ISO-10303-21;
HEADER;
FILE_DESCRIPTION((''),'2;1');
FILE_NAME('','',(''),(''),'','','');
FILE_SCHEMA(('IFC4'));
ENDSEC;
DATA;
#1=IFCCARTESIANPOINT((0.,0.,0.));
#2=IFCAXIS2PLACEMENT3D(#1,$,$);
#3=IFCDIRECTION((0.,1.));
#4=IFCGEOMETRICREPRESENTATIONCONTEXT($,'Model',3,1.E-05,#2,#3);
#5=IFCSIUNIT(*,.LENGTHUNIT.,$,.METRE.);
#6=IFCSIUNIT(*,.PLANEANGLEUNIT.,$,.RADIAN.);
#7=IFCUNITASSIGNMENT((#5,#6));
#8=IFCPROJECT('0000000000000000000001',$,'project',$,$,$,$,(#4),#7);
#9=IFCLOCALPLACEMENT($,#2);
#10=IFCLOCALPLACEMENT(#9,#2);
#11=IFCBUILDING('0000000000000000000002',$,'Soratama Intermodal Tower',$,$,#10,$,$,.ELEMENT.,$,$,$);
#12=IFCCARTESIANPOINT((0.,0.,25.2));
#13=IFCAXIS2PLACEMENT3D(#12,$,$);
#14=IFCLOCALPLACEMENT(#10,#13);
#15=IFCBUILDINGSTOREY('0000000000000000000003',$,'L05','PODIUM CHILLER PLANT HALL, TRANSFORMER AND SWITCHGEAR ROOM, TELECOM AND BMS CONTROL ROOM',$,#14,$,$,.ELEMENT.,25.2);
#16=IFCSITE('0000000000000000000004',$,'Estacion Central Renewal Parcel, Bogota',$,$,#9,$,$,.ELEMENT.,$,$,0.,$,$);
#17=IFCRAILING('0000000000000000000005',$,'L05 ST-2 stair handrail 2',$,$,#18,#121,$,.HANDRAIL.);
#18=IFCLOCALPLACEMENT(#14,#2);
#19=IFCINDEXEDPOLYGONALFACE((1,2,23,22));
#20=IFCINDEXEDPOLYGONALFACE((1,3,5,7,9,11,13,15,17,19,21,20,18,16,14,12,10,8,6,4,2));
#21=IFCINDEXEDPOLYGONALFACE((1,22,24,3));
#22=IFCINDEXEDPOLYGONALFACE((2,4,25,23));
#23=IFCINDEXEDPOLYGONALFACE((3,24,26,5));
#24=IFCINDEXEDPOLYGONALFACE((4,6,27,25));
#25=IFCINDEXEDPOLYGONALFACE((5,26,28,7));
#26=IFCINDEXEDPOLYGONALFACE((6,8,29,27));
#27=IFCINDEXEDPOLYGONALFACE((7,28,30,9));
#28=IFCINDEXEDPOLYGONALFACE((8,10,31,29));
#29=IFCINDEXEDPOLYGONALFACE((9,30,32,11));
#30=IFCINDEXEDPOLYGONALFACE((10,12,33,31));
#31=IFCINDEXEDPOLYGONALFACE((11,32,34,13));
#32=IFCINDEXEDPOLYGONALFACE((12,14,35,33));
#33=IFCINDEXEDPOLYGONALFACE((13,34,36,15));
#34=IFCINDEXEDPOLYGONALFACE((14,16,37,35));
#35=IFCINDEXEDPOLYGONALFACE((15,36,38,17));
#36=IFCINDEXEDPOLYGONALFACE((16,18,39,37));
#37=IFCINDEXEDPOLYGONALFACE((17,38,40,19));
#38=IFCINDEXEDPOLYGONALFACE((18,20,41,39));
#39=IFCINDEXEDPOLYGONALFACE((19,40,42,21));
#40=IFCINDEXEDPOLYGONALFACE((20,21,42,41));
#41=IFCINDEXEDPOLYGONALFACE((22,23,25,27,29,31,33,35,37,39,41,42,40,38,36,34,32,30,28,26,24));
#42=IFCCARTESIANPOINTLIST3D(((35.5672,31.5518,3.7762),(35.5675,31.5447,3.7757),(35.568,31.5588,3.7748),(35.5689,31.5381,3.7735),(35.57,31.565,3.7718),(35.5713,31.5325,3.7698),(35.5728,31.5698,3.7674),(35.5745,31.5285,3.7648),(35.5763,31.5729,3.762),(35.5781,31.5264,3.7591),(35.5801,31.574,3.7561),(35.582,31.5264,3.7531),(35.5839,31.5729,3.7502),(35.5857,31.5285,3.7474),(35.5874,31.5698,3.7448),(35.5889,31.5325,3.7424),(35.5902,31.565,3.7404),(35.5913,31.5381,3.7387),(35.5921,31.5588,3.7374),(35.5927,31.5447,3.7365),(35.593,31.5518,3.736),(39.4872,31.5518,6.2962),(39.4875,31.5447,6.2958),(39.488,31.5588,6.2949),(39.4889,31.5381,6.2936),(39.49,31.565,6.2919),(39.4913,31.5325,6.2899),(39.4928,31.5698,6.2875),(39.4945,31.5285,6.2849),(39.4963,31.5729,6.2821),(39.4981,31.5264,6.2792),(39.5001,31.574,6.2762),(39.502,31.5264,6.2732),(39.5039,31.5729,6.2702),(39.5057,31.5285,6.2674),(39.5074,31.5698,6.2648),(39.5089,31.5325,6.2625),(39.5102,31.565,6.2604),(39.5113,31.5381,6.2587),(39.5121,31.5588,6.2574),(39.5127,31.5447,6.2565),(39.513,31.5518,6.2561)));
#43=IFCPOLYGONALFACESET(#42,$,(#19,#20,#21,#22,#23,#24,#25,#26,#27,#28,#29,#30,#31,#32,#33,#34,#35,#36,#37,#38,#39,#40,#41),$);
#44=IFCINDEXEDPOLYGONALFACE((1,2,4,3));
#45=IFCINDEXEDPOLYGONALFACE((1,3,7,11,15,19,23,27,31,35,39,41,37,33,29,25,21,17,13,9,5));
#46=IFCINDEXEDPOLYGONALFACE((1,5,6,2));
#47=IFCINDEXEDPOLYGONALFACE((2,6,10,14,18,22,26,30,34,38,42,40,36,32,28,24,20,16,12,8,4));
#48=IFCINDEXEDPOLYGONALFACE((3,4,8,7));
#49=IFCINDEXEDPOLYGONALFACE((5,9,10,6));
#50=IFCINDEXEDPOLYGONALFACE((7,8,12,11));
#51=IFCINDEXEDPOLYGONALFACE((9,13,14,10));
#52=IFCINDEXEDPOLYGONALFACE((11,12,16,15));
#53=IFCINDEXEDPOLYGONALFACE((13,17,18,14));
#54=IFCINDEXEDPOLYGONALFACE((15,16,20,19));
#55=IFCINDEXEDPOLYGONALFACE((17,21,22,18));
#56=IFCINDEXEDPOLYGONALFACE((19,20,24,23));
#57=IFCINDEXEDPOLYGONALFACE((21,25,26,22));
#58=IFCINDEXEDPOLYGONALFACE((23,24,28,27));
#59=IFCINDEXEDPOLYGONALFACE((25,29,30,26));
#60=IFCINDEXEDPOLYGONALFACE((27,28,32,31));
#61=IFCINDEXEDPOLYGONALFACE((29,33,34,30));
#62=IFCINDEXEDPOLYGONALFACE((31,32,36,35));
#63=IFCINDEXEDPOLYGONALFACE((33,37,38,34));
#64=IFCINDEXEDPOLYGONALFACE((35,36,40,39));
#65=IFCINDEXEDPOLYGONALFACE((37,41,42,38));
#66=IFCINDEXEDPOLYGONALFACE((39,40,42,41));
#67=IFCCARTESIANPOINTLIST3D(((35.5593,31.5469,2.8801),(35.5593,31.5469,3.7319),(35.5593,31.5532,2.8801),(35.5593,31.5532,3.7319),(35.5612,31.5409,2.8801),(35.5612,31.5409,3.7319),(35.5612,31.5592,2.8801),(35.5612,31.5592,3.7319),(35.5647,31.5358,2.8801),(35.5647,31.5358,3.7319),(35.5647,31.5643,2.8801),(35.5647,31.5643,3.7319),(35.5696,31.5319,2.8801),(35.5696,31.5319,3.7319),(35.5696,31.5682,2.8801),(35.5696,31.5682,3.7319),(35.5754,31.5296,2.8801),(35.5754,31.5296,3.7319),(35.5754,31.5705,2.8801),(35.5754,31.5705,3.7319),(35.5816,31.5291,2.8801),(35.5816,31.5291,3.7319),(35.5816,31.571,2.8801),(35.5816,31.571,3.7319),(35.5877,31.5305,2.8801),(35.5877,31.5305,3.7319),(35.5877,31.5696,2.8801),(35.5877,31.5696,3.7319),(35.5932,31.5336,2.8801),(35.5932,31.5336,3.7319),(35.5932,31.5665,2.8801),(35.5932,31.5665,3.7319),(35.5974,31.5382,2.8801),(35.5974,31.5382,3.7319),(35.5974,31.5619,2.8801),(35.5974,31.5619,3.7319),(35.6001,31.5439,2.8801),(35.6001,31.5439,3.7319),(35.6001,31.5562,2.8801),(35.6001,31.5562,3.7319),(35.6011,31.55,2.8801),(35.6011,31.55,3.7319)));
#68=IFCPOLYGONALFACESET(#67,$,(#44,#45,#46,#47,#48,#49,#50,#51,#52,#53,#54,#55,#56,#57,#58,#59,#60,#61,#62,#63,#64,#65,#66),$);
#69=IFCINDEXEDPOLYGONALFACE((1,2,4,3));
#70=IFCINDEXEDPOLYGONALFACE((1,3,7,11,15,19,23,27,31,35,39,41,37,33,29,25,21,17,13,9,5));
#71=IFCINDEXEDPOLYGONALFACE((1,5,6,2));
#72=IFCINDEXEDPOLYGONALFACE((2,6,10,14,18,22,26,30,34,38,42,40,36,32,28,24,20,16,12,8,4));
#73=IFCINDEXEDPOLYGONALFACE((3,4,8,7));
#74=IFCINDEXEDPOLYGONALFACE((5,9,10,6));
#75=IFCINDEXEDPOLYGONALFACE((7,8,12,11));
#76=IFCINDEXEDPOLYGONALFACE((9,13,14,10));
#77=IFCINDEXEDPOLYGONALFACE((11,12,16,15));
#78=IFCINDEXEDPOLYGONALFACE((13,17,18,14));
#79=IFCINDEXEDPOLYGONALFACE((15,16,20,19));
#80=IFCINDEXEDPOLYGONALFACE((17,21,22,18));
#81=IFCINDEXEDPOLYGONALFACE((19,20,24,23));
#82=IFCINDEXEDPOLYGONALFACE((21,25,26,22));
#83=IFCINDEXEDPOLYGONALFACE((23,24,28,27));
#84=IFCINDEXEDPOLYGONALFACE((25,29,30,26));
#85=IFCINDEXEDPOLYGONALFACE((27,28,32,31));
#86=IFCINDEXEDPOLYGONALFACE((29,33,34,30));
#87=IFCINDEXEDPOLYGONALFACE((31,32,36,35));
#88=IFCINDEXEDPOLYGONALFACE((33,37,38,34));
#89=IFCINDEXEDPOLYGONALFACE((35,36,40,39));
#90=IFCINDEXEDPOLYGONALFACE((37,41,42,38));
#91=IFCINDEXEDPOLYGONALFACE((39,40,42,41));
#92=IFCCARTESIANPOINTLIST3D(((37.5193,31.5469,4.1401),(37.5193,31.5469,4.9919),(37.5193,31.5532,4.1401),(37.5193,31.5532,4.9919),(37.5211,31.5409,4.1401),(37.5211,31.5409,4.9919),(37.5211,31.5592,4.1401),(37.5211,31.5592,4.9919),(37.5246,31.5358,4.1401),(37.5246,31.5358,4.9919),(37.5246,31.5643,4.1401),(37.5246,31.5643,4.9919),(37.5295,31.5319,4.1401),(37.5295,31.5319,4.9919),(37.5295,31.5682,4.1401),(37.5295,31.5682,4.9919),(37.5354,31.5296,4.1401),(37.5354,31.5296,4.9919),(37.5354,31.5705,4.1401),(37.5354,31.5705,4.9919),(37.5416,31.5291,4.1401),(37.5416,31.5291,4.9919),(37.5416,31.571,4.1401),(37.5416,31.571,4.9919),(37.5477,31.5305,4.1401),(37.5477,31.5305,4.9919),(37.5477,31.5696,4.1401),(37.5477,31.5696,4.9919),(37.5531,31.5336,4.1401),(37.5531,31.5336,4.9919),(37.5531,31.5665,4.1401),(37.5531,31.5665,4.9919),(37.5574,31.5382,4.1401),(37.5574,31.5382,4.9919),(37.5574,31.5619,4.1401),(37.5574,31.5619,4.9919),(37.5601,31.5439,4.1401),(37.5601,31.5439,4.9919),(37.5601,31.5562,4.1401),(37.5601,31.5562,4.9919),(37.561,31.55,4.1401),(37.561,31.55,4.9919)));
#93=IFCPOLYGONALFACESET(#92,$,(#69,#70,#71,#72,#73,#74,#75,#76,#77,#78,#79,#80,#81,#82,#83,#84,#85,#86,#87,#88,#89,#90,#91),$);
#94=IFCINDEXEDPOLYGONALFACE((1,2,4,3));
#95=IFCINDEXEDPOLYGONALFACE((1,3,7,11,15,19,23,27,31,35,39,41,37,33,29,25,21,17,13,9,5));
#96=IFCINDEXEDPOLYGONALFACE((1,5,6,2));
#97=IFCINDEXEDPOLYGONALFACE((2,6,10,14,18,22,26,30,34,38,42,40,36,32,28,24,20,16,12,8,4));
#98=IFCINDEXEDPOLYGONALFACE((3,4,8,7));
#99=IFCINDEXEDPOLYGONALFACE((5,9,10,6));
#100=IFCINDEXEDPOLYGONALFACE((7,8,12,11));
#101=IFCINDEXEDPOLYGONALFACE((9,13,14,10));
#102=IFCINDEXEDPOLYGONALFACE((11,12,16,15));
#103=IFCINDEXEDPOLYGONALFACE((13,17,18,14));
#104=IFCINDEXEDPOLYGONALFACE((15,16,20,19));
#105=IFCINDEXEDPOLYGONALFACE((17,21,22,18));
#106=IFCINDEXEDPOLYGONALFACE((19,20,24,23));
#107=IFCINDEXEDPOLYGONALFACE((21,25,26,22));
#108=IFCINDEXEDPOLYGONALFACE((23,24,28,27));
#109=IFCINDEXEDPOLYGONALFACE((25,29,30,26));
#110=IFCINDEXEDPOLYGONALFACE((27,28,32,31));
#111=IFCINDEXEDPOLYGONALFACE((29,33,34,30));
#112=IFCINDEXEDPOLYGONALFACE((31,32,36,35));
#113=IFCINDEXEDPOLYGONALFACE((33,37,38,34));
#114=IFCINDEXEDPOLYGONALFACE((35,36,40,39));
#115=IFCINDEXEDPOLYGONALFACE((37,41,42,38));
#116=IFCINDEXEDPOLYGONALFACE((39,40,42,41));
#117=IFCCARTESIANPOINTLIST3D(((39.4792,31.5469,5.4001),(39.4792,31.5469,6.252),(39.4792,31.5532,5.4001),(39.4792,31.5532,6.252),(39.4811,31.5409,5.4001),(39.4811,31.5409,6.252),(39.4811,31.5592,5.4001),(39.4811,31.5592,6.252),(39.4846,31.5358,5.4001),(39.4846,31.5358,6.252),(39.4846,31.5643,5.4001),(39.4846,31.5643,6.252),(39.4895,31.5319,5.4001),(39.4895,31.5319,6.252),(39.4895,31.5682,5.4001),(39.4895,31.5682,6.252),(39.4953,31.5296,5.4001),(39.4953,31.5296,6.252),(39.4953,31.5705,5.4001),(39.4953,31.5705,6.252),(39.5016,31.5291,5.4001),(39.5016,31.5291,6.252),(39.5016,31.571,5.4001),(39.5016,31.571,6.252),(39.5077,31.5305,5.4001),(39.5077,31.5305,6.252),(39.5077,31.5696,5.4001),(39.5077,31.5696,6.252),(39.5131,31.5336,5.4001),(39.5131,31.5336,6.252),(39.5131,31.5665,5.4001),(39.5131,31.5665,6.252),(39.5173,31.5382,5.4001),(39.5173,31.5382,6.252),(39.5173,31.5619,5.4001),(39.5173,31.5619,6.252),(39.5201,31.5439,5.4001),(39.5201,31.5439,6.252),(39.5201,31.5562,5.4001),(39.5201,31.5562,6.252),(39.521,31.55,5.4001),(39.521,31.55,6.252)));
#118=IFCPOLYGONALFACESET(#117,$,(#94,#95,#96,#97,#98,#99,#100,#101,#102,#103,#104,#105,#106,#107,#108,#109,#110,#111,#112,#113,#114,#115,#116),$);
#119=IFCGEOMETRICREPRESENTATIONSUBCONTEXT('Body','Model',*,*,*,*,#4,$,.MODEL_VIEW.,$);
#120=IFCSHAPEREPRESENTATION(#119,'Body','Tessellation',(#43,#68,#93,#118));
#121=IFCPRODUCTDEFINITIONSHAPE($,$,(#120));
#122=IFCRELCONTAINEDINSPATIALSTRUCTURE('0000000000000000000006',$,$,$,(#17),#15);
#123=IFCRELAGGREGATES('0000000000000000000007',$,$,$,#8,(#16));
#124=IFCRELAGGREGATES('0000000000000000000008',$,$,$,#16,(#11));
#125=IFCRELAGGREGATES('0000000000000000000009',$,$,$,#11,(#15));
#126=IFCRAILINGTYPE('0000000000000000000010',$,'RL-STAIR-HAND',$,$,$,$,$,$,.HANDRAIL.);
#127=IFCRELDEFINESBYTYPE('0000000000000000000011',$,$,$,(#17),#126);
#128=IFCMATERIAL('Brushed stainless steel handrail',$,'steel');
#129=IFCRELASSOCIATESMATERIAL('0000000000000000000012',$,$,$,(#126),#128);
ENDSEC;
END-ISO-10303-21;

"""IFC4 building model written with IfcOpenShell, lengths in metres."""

from ifc_helpers import new_model, si_unit, direction, frame, origin, origin_2d, place, context, subcontext, project, spatial, circle, extrude, material, type_object, element, save


model = new_model("IFC4")

# Units and contexts
model_context = context("Model", 3, precision=1e-05, world=origin(), true_north=direction((0.0, 1.0)))
body_context = subcontext(model_context, "Body", "Model", "MODEL_VIEW")
ifc_project = project(units=[si_unit("LENGTHUNIT", "METRE"), si_unit("PLANEANGLEUNIT", "RADIAN")], contexts=[model_context])

# Site, building, storey
site_placement = place(None, origin())
site = spatial("IfcSite", under=ifc_project, at=site_placement, Name="Estacion Central Renewal Parcel, Bogota", CompositionType="ELEMENT", RefElevation=0.0)
building_placement = place(site_placement, origin())
building = spatial("IfcBuilding", under=site, at=building_placement, Name="Soratama Intermodal Tower", CompositionType="ELEMENT")
storey_placement = place(building_placement, frame((0.0, 0.0, 25.2)))
storey = spatial("IfcBuildingStorey", under=building, at=storey_placement, Name="L05", Description="PODIUM CHILLER PLANT HALL, TRANSFORMER AND SWITCHGEAR ROOM, TELECOM AND BMS CONTROL ROOM", CompositionType="ELEMENT", Elevation=25.2)

# Railing
ifc_material_1 = material(Name="Brushed stainless steel handrail", Category="steel")
railing_type_1 = type_object("IfcRailingType", Name="RL-STAIR-HAND", PredefinedType="HANDRAIL", material=ifc_material_1)
railing_1_placement = place(storey_placement, frame((35.5801, 31.55, 2.8801)))
element("IfcRailing", 1, at=railing_1_placement, inside=storey, type_object=railing_type_1, Name="L05 ST-2 stair handrail 2", PredefinedType="HANDRAIL", context=body_context, shape_type="SweptSolid", body=[
    extrude(circle(Radius=0.0239, at=origin_2d()), frame((0.0, 0.0, 0.876), z_axis=(0.841172, 0.0, 0.540768), x_axis=(0.0, 1.0, 0.0)), (0.0, 0.0, 1.0), 4.6602),
    extrude(circle(Radius=0.021, at=origin_2d()), origin(), (0.0, 0.0, 1.0), 0.8518),
    extrude(circle(Radius=0.021, at=origin_2d()), frame((1.96, 0.0, 1.26)), (0.0, 0.0, 1.0), 0.8518),
    extrude(circle(Radius=0.021, at=origin_2d()), frame((3.9199, 0.0, 2.52)), (0.0, 0.0, 1.0), 0.8518),
])

save(model, "model.ifc")
